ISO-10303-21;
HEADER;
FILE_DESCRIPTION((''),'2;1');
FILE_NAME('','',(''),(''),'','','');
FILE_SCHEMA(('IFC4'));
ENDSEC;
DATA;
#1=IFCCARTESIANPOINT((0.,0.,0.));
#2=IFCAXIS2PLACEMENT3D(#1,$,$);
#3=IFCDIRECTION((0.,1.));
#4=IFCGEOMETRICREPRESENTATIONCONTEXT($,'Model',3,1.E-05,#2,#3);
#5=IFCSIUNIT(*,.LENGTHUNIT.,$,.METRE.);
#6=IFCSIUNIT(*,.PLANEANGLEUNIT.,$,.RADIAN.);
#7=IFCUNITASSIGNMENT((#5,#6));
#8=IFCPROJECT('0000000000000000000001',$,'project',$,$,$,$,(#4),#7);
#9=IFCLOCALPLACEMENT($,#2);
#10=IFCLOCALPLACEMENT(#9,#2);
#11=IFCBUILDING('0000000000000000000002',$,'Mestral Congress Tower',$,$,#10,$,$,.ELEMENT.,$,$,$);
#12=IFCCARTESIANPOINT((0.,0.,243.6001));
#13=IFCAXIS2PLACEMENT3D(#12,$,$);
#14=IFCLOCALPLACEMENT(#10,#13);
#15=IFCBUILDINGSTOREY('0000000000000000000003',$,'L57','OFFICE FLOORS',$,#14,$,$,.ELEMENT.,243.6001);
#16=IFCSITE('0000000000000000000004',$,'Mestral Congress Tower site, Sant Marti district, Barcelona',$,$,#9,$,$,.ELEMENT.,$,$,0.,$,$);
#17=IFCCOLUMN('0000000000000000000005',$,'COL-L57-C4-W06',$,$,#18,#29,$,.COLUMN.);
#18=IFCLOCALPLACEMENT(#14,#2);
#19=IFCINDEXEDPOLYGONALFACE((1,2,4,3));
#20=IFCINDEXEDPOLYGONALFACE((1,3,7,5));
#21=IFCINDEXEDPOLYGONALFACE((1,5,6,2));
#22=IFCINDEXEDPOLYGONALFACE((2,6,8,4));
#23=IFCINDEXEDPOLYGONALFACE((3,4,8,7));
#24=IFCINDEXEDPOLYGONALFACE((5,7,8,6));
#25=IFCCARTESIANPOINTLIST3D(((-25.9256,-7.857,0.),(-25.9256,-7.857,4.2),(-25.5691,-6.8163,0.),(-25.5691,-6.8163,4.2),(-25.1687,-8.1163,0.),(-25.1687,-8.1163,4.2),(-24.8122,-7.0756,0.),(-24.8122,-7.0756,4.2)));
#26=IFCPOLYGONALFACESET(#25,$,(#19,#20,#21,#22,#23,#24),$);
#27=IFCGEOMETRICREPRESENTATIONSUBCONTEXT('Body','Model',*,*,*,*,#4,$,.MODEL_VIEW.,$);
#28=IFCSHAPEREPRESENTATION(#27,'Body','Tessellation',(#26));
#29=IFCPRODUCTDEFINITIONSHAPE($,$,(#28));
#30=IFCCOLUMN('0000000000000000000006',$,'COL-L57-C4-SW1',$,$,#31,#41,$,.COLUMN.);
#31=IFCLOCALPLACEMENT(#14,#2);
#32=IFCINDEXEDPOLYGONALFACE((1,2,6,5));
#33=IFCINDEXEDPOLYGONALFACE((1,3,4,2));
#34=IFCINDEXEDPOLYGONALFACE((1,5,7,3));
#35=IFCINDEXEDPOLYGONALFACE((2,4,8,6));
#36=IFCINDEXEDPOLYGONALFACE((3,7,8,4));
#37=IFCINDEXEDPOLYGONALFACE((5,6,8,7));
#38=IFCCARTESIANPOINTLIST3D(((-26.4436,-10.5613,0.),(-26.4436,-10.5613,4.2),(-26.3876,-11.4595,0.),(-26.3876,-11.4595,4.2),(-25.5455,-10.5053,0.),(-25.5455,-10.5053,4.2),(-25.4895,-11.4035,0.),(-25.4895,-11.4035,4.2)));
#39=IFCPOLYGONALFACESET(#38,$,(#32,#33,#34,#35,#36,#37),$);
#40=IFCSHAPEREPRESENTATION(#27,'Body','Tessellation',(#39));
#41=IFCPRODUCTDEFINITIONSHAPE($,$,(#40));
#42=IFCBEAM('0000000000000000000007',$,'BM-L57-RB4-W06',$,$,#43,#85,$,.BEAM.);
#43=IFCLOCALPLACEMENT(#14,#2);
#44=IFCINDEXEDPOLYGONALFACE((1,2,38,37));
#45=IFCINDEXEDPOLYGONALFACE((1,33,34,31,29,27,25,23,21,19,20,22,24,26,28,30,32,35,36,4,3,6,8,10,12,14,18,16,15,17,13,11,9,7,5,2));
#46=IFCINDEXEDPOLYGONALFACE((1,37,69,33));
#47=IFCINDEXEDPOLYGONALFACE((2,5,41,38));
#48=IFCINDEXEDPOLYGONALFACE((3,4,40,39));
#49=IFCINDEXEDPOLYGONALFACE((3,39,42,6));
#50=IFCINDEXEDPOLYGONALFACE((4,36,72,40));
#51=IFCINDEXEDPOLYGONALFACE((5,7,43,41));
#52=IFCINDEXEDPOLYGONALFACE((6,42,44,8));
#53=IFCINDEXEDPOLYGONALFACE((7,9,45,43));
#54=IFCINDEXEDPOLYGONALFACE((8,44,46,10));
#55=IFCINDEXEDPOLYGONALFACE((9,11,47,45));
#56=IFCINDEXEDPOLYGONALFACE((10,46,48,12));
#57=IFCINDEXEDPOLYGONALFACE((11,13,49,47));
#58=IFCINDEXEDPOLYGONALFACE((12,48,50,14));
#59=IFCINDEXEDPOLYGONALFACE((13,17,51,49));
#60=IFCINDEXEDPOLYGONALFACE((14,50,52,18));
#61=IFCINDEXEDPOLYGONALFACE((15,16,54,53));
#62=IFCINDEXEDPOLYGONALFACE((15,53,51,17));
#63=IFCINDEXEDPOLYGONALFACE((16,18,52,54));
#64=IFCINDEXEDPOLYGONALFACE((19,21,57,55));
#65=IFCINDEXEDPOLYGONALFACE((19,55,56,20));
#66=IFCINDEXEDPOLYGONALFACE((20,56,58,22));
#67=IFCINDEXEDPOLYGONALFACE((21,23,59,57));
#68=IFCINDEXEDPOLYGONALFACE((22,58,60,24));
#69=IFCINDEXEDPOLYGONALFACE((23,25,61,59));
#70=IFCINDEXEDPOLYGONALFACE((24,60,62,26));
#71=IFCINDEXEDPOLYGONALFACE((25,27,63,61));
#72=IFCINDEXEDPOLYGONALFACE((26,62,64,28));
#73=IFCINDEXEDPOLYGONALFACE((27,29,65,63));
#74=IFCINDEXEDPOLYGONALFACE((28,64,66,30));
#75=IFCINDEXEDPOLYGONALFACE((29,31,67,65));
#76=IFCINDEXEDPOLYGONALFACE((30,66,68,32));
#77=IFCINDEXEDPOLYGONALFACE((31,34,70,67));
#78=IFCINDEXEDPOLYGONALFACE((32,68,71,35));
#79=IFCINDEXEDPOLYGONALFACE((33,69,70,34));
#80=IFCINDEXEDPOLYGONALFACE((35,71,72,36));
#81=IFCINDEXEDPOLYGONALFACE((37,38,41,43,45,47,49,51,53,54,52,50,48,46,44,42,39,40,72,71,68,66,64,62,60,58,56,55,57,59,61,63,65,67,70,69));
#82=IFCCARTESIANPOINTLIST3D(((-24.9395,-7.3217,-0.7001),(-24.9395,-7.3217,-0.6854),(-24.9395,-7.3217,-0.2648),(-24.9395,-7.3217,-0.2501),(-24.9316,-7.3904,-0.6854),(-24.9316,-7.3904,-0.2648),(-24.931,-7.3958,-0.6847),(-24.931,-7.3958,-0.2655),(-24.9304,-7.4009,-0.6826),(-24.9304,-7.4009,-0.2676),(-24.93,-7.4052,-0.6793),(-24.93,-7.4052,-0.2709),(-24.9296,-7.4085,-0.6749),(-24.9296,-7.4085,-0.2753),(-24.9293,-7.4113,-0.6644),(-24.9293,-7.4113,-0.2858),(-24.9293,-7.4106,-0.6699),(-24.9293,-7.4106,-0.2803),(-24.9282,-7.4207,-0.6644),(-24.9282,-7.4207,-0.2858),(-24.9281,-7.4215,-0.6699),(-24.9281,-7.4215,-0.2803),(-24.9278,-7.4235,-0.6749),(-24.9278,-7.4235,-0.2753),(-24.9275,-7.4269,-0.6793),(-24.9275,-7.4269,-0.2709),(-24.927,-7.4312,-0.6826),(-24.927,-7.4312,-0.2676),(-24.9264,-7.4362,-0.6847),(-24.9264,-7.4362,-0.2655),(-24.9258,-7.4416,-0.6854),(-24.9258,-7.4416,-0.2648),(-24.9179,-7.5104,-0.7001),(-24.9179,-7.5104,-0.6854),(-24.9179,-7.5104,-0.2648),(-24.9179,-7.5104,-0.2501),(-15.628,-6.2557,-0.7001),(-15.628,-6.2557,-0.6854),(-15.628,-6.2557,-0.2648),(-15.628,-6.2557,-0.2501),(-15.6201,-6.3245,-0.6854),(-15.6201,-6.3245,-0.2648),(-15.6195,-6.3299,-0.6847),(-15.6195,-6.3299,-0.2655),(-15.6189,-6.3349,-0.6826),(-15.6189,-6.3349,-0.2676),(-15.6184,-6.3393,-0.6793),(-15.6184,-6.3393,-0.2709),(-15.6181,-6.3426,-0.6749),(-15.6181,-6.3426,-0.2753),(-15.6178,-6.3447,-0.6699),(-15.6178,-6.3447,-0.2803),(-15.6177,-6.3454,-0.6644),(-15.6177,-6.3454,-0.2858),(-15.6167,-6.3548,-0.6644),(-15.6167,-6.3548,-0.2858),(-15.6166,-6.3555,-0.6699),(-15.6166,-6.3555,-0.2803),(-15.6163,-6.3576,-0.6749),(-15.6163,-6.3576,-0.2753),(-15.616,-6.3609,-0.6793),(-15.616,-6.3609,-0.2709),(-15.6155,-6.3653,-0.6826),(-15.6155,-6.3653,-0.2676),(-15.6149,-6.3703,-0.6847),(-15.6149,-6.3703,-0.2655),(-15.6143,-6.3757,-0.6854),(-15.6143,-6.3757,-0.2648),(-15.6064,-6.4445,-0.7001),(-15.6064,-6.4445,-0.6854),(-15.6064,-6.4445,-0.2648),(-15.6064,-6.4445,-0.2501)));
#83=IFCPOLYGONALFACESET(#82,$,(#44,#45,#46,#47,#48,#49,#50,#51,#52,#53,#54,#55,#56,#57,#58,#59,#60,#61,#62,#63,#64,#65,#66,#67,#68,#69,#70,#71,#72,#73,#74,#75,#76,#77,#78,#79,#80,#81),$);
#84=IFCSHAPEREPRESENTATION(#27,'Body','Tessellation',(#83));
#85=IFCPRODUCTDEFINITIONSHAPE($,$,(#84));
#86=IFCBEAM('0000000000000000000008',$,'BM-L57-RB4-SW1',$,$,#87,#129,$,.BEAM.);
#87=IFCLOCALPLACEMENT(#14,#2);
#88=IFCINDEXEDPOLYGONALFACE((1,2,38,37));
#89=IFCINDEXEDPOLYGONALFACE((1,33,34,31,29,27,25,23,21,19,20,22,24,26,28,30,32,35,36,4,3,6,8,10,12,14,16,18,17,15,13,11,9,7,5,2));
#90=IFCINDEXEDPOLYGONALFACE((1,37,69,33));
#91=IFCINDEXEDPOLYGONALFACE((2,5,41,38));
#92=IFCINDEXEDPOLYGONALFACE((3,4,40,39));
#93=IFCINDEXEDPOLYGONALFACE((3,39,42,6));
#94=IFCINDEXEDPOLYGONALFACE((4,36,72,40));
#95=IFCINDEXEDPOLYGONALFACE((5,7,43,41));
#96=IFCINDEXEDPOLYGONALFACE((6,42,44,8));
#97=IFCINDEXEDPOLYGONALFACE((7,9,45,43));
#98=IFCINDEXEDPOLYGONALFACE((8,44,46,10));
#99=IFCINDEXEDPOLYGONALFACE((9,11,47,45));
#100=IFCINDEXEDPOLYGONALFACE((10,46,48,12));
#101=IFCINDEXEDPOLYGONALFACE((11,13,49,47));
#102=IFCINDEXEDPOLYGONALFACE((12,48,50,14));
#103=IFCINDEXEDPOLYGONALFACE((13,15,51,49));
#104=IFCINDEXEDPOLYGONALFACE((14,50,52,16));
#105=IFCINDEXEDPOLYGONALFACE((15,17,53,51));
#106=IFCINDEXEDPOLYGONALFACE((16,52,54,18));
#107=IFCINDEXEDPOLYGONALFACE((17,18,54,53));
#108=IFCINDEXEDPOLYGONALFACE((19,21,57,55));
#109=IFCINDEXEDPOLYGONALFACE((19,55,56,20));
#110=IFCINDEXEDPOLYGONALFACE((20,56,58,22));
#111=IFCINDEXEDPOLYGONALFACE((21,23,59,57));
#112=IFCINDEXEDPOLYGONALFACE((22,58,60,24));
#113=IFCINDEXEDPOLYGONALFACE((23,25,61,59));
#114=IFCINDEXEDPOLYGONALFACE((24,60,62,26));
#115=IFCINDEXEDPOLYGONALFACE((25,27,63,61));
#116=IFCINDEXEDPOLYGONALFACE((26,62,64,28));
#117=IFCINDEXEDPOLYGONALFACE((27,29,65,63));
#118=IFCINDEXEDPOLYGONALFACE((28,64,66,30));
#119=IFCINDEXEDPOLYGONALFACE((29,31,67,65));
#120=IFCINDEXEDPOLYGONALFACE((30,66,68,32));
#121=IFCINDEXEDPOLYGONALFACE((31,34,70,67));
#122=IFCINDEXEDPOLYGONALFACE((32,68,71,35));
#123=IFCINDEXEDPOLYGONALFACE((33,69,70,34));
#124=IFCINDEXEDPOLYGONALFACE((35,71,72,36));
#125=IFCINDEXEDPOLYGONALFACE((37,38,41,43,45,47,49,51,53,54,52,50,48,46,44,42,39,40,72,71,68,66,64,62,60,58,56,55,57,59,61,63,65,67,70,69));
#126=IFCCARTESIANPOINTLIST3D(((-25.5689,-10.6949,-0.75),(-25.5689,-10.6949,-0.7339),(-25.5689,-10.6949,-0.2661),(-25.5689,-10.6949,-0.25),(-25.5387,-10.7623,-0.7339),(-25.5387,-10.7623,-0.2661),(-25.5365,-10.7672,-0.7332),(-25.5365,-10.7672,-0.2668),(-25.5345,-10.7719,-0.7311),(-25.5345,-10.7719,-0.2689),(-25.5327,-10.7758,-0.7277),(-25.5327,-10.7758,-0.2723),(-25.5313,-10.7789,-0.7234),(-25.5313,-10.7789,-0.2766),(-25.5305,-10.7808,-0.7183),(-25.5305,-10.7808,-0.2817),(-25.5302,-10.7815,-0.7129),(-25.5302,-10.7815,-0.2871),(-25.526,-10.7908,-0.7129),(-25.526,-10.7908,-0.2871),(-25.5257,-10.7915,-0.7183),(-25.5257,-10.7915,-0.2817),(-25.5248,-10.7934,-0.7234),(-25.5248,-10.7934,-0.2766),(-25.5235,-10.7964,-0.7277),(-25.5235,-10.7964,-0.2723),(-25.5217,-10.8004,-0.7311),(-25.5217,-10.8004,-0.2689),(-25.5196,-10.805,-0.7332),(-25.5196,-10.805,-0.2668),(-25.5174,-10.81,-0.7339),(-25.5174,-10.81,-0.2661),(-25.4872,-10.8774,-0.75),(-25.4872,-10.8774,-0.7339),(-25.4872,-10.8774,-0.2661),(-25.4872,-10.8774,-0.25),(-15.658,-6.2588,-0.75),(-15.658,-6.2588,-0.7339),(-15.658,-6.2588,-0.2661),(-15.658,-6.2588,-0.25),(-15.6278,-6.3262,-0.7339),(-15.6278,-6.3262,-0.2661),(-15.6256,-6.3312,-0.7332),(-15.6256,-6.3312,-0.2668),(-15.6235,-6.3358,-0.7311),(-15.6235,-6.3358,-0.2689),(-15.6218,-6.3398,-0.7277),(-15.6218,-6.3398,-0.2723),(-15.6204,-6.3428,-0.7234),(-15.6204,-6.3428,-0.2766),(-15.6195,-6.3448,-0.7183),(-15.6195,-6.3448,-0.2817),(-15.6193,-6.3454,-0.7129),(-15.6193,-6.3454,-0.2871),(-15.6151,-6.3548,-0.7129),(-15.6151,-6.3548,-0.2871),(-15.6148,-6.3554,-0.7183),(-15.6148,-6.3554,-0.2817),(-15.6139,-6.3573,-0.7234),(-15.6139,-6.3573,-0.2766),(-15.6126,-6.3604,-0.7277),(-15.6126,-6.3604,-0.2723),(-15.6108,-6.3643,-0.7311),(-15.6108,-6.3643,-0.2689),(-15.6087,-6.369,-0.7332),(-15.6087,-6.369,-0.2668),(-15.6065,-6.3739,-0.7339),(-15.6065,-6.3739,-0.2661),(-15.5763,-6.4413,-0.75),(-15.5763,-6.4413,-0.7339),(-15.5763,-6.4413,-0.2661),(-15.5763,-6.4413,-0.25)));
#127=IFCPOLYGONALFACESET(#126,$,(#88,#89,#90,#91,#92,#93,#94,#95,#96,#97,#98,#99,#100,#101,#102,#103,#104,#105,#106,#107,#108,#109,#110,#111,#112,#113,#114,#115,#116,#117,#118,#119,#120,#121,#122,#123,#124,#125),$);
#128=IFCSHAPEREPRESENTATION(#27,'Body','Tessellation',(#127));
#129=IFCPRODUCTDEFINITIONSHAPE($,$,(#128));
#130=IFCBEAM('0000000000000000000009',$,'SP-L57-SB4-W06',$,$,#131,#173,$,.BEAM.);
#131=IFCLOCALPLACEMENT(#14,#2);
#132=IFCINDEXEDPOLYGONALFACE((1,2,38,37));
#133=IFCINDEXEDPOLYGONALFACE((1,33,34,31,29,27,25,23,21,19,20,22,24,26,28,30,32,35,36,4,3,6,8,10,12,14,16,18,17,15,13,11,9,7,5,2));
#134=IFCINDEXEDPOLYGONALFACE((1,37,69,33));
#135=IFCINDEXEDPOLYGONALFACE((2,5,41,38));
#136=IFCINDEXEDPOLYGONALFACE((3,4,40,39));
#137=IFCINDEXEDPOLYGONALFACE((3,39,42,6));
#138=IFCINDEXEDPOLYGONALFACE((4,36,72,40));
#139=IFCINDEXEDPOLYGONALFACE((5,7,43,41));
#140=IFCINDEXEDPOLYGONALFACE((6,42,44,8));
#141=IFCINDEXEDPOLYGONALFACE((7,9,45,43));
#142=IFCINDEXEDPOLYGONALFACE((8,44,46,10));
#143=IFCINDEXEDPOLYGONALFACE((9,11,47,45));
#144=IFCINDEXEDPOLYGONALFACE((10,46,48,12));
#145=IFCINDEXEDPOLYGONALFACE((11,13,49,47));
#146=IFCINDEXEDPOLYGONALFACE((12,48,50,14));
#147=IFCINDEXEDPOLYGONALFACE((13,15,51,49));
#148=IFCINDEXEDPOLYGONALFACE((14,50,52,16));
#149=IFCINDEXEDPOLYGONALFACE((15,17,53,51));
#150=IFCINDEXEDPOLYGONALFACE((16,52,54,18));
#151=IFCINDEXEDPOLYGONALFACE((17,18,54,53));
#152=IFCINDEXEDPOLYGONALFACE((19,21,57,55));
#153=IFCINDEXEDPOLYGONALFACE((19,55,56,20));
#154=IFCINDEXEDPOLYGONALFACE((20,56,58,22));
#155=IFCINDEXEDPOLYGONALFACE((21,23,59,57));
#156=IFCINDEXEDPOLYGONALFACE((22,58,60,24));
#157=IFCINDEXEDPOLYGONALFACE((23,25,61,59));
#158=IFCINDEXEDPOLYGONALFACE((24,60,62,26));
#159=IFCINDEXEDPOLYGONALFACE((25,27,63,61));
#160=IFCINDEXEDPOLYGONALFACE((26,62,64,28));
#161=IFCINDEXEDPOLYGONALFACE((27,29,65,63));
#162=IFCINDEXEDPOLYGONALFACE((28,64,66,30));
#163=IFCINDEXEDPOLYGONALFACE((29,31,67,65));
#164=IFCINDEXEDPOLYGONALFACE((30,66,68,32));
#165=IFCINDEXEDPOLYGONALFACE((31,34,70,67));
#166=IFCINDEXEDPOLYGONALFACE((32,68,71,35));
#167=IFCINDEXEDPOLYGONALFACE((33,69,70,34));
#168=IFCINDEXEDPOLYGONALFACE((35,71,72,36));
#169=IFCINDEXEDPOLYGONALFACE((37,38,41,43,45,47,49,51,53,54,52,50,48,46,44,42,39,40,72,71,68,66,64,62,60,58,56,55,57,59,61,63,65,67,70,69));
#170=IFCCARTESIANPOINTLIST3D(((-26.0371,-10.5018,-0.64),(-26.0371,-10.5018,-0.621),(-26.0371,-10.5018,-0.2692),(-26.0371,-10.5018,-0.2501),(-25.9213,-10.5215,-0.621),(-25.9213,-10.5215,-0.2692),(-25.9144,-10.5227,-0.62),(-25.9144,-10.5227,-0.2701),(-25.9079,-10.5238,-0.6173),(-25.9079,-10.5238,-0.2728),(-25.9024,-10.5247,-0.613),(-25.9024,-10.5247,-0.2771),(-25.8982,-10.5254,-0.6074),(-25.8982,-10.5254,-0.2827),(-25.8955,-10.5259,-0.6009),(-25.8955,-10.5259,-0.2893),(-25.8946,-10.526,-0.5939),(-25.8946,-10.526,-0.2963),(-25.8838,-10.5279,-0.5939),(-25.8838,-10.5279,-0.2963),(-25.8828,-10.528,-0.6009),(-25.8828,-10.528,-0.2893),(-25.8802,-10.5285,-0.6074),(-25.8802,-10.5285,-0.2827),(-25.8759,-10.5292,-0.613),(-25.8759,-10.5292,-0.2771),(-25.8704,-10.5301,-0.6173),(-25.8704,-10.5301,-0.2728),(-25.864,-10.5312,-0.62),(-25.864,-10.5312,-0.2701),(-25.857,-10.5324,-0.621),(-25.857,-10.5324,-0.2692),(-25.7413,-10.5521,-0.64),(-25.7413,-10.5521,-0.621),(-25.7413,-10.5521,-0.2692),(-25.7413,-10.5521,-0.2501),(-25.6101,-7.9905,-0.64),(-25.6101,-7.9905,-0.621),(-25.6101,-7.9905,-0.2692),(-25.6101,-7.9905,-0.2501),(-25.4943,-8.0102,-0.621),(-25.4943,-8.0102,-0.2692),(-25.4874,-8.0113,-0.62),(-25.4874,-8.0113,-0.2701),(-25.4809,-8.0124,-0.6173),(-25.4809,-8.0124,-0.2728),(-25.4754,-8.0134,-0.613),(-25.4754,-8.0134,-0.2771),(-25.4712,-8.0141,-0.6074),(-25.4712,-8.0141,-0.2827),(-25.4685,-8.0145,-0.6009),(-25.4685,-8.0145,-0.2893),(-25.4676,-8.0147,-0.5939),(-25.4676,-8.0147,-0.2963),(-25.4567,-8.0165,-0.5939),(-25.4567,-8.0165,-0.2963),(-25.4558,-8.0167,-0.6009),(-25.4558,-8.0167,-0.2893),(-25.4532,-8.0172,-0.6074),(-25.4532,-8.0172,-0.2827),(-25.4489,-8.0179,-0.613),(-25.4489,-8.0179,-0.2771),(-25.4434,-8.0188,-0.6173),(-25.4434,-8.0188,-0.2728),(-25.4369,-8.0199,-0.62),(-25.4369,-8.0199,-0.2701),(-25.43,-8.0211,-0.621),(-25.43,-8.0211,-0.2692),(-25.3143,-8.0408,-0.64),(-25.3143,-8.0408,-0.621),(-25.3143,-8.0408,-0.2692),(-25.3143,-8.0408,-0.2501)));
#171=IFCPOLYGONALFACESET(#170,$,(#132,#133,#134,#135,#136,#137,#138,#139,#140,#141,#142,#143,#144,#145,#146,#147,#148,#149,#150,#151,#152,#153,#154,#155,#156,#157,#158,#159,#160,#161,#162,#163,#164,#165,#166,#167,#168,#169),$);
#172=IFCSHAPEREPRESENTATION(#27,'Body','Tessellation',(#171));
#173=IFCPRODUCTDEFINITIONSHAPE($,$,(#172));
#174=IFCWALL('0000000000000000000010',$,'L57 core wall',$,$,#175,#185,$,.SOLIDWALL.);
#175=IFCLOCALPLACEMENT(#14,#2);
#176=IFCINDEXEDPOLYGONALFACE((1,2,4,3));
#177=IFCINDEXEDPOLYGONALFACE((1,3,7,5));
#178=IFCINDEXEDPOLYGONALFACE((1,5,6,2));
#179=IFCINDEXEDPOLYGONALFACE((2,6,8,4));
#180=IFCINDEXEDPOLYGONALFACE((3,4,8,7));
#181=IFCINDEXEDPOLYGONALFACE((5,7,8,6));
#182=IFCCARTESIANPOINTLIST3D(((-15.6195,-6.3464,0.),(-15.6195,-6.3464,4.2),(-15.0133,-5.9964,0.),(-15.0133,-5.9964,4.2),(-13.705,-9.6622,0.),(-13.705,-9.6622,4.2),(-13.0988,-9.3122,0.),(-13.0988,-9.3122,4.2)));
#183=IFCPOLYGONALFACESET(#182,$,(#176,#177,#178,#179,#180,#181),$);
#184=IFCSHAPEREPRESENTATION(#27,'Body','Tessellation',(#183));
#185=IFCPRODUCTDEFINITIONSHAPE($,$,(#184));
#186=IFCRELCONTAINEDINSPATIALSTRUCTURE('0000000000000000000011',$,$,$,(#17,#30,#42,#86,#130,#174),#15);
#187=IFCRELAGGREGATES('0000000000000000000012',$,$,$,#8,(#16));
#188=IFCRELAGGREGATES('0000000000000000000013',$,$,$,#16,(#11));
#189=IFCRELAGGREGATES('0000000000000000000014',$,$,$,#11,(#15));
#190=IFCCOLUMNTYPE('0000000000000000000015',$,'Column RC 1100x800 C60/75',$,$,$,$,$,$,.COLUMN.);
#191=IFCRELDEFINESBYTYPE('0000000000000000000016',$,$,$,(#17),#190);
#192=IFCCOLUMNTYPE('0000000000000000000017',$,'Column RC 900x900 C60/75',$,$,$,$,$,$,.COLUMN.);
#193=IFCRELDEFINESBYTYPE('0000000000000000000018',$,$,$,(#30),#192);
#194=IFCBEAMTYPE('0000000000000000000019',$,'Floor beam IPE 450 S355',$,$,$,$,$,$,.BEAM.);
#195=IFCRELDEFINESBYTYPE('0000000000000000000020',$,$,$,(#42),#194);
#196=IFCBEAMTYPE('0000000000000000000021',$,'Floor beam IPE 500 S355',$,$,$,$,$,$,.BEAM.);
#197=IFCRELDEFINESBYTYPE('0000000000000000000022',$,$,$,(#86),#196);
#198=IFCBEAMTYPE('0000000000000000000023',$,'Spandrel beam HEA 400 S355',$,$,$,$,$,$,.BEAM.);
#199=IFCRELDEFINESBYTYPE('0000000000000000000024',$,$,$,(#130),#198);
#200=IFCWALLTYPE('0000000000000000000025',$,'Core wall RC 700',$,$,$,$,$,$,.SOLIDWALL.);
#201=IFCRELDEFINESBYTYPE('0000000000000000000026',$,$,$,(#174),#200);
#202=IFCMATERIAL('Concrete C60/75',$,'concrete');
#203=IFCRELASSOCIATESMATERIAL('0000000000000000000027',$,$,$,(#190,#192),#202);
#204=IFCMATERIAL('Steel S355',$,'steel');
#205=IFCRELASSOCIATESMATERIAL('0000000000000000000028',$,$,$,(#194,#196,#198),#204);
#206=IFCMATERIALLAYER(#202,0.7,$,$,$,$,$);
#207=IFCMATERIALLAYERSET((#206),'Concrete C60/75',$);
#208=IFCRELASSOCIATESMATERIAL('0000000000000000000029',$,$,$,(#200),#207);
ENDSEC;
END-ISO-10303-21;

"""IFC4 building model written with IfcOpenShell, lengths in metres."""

from ifc_helpers import new_model, si_unit, direction, frame, frame_2d, origin, origin_2d, place, context, subcontext, project, spatial, rectangle, i_section, extrude, material, layer, layer_set, material_profile, profile_set, type_object, element, save


model = new_model("IFC4")

# Units and contexts
model_context = context("Model", 3, precision=1e-05, world=origin(), true_north=direction((0.0, 1.0)))
body_context = subcontext(model_context, "Body", "Model", "MODEL_VIEW")
ifc_project = project(units=[si_unit("LENGTHUNIT", "METRE"), si_unit("PLANEANGLEUNIT", "RADIAN")], contexts=[model_context])

# Site, building, storey
site_placement = place(None, origin())
site = spatial("IfcSite", under=ifc_project, at=site_placement, Name="Mestral Congress Tower site, Sant Marti district, Barcelona", CompositionType="ELEMENT", RefElevation=0.0)
building_placement = place(site_placement, origin())
building = spatial("IfcBuilding", under=site, at=building_placement, Name="Mestral Congress Tower", CompositionType="ELEMENT")
storey_placement = place(building_placement, frame((0.0, 0.0, 243.6001)))
storey = spatial("IfcBuildingStorey", under=building, at=storey_placement, Name="L57", Description="OFFICE FLOORS", CompositionType="ELEMENT", Elevation=243.6001)

# Columns
ifc_material_1 = material(Name="Concrete C60/75", Category="concrete")
ifc_material_profile_1 = material_profile(ifc_material_1, rectangle(XDim=1.1001, YDim=0.8, at=origin_2d()), Name="RC 1100x800")
ifc_profile_set_1 = profile_set([ifc_material_profile_1], Name="Concrete C60/75")
column_type_1 = type_object("IfcColumnType", Name="Column RC 1100x800 C60/75", PredefinedType="COLUMN", material=ifc_profile_set_1)
column_1_placement = place(storey_placement, frame((-25.3689, -7.4663, 0.0), z_axis=(0.0, 0.0, 1.0), x_axis=(-0.324074, -0.946032, 0.0)))
element("IfcColumn", 1, at=column_1_placement, inside=storey, type_object=column_type_1, Name="COL-L57-C4-W06", PredefinedType="COLUMN", context=body_context, shape_type="SweptSolid", body=[
    extrude(rectangle(XDim=1.1001, YDim=0.8, at=origin_2d()), origin(), (0.0, 0.0, 1.0), 4.2),
])
ifc_material_profile_2 = material_profile(ifc_material_1, rectangle(XDim=0.8999, YDim=0.8999, at=origin_2d()), Name="RC 900x900")
ifc_profile_set_2 = profile_set([ifc_material_profile_2], Name="Concrete C60/75")
column_type_2 = type_object("IfcColumnType", Name="Column RC 900x900 C60/75", PredefinedType="COLUMN", material=ifc_profile_set_2)
column_2_placement = place(storey_placement, frame((-25.9666, -10.9824, 0.0), z_axis=(0.0, 0.0, 1.0), x_axis=(0.062217, -0.998063, 0.0)))
element("IfcColumn", 2, at=column_2_placement, inside=storey, type_object=column_type_2, Name="COL-L57-C4-SW1", PredefinedType="COLUMN", context=body_context, shape_type="SweptSolid", body=[
    extrude(rectangle(XDim=0.8999, YDim=0.8999, at=origin_2d()), origin(), (0.0, 0.0, 1.0), 4.2),
])

# Beams
ifc_material_2 = material(Name="Steel S355", Category="steel")
ifc_material_profile_3 = material_profile(ifc_material_2, i_section(OverallWidth=0.1899, OverallDepth=0.45, WebThickness=0.0095, FlangeThickness=0.0146, FilletRadius=0.021, at=origin_2d()), Name="IPE 450")
ifc_profile_set_3 = profile_set([ifc_material_profile_3], Name="Steel S355")
beam_type_1 = type_object("IfcBeamType", Name="Floor beam IPE 450 S355", PredefinedType="BEAM", material=ifc_profile_set_3)
beam_1_placement = place(storey_placement, frame((-24.9287, -7.416, -0.4751), z_axis=(0.993512, 0.11373, 0.0), x_axis=(-0.11373, 0.993512, 0.0)))
element("IfcBeam", 3, at=beam_1_placement, inside=storey, type_object=beam_type_1, Name="BM-L57-RB4-W06", PredefinedType="BEAM", context=body_context, shape_type="SweptSolid", body=[
    extrude(i_section(OverallWidth=0.1899, OverallDepth=0.45, WebThickness=0.0095, FlangeThickness=0.0146, FilletRadius=0.021, at=origin_2d()), origin(), (0.0, 0.0, 1.0), 9.3723),
])
ifc_material_profile_4 = material_profile(ifc_material_2, i_section(OverallWidth=0.2, OverallDepth=0.5, WebThickness=0.0103, FlangeThickness=0.0161, FilletRadius=0.021, at=origin_2d()), Name="IPE 500")
ifc_profile_set_4 = profile_set([ifc_material_profile_4], Name="Steel S355")
beam_type_2 = type_object("IfcBeamType", Name="Floor beam IPE 500 S355", PredefinedType="BEAM", material=ifc_profile_set_4)
beam_2_placement = place(storey_placement, frame((-25.5281, -10.7861, -0.5), z_axis=(0.912742, 0.408536, 0.0), x_axis=(-0.408536, 0.912742, 0.0)))
element("IfcBeam", 4, at=beam_2_placement, inside=storey, type_object=beam_type_2, Name="BM-L57-RB4-SW1", PredefinedType="BEAM", context=body_context, shape_type="SweptSolid", body=[
    extrude(i_section(OverallWidth=0.2, OverallDepth=0.5, WebThickness=0.0103, FlangeThickness=0.0161, FilletRadius=0.021, at=origin_2d()), origin(), (0.0, 0.0, 1.0), 10.8584),
])
ifc_material_profile_5 = material_profile(ifc_material_2, i_section(OverallWidth=0.3, OverallDepth=0.3899, WebThickness=0.011, FlangeThickness=0.019, FilletRadius=0.0271, at=origin_2d()), Name="HEA 400")
ifc_profile_set_5 = profile_set([ifc_material_profile_5], Name="Steel S355")
beam_type_3 = type_object("IfcBeamType", Name="Spandrel beam HEA 400 S355", PredefinedType="BEAM", material=ifc_profile_set_5)
beam_3_placement = place(storey_placement, frame((-25.4622, -8.0156, -0.4451), z_axis=(-0.167631, -0.98585, 0.0), x_axis=(0.98585, -0.167631, 0.0)))
element("IfcBeam", 5, at=beam_3_placement, inside=storey, type_object=beam_type_3, Name="SP-L57-SB4-W06", PredefinedType="BEAM", context=body_context, shape_type="SweptSolid", body=[
    extrude(i_section(OverallWidth=0.3, OverallDepth=0.3899, WebThickness=0.011, FlangeThickness=0.019, FilletRadius=0.0271, at=origin_2d()), origin(), (0.0, 0.0, 1.0), 2.5474),
])

# Wall
ifc_layer_1 = layer(ifc_material_1, 0.7)
ifc_layer_set_1 = layer_set([ifc_layer_1], Name="Concrete C60/75")
wall_type_1 = type_object("IfcWallType", Name="Core wall RC 700", PredefinedType="SOLIDWALL", material=ifc_layer_set_1)
wall_1_placement = place(storey_placement, frame((-13.4019, -9.4873, 0.0), z_axis=(0.0, 0.0, 1.0), x_axis=(-0.50002, 0.866014, 0.0)))
element("IfcWall", 6, at=wall_1_placement, inside=storey, type_object=wall_type_1, Name="L57 core wall", PredefinedType="SOLIDWALL", context=body_context, shape_type="SweptSolid", body=[
    extrude(rectangle(XDim=3.8289, YDim=0.7, at=frame_2d((1.9146, 0.0))), origin(), (0.0, 0.0, 1.0), 4.2),
])

save(model, "model.ifc")
